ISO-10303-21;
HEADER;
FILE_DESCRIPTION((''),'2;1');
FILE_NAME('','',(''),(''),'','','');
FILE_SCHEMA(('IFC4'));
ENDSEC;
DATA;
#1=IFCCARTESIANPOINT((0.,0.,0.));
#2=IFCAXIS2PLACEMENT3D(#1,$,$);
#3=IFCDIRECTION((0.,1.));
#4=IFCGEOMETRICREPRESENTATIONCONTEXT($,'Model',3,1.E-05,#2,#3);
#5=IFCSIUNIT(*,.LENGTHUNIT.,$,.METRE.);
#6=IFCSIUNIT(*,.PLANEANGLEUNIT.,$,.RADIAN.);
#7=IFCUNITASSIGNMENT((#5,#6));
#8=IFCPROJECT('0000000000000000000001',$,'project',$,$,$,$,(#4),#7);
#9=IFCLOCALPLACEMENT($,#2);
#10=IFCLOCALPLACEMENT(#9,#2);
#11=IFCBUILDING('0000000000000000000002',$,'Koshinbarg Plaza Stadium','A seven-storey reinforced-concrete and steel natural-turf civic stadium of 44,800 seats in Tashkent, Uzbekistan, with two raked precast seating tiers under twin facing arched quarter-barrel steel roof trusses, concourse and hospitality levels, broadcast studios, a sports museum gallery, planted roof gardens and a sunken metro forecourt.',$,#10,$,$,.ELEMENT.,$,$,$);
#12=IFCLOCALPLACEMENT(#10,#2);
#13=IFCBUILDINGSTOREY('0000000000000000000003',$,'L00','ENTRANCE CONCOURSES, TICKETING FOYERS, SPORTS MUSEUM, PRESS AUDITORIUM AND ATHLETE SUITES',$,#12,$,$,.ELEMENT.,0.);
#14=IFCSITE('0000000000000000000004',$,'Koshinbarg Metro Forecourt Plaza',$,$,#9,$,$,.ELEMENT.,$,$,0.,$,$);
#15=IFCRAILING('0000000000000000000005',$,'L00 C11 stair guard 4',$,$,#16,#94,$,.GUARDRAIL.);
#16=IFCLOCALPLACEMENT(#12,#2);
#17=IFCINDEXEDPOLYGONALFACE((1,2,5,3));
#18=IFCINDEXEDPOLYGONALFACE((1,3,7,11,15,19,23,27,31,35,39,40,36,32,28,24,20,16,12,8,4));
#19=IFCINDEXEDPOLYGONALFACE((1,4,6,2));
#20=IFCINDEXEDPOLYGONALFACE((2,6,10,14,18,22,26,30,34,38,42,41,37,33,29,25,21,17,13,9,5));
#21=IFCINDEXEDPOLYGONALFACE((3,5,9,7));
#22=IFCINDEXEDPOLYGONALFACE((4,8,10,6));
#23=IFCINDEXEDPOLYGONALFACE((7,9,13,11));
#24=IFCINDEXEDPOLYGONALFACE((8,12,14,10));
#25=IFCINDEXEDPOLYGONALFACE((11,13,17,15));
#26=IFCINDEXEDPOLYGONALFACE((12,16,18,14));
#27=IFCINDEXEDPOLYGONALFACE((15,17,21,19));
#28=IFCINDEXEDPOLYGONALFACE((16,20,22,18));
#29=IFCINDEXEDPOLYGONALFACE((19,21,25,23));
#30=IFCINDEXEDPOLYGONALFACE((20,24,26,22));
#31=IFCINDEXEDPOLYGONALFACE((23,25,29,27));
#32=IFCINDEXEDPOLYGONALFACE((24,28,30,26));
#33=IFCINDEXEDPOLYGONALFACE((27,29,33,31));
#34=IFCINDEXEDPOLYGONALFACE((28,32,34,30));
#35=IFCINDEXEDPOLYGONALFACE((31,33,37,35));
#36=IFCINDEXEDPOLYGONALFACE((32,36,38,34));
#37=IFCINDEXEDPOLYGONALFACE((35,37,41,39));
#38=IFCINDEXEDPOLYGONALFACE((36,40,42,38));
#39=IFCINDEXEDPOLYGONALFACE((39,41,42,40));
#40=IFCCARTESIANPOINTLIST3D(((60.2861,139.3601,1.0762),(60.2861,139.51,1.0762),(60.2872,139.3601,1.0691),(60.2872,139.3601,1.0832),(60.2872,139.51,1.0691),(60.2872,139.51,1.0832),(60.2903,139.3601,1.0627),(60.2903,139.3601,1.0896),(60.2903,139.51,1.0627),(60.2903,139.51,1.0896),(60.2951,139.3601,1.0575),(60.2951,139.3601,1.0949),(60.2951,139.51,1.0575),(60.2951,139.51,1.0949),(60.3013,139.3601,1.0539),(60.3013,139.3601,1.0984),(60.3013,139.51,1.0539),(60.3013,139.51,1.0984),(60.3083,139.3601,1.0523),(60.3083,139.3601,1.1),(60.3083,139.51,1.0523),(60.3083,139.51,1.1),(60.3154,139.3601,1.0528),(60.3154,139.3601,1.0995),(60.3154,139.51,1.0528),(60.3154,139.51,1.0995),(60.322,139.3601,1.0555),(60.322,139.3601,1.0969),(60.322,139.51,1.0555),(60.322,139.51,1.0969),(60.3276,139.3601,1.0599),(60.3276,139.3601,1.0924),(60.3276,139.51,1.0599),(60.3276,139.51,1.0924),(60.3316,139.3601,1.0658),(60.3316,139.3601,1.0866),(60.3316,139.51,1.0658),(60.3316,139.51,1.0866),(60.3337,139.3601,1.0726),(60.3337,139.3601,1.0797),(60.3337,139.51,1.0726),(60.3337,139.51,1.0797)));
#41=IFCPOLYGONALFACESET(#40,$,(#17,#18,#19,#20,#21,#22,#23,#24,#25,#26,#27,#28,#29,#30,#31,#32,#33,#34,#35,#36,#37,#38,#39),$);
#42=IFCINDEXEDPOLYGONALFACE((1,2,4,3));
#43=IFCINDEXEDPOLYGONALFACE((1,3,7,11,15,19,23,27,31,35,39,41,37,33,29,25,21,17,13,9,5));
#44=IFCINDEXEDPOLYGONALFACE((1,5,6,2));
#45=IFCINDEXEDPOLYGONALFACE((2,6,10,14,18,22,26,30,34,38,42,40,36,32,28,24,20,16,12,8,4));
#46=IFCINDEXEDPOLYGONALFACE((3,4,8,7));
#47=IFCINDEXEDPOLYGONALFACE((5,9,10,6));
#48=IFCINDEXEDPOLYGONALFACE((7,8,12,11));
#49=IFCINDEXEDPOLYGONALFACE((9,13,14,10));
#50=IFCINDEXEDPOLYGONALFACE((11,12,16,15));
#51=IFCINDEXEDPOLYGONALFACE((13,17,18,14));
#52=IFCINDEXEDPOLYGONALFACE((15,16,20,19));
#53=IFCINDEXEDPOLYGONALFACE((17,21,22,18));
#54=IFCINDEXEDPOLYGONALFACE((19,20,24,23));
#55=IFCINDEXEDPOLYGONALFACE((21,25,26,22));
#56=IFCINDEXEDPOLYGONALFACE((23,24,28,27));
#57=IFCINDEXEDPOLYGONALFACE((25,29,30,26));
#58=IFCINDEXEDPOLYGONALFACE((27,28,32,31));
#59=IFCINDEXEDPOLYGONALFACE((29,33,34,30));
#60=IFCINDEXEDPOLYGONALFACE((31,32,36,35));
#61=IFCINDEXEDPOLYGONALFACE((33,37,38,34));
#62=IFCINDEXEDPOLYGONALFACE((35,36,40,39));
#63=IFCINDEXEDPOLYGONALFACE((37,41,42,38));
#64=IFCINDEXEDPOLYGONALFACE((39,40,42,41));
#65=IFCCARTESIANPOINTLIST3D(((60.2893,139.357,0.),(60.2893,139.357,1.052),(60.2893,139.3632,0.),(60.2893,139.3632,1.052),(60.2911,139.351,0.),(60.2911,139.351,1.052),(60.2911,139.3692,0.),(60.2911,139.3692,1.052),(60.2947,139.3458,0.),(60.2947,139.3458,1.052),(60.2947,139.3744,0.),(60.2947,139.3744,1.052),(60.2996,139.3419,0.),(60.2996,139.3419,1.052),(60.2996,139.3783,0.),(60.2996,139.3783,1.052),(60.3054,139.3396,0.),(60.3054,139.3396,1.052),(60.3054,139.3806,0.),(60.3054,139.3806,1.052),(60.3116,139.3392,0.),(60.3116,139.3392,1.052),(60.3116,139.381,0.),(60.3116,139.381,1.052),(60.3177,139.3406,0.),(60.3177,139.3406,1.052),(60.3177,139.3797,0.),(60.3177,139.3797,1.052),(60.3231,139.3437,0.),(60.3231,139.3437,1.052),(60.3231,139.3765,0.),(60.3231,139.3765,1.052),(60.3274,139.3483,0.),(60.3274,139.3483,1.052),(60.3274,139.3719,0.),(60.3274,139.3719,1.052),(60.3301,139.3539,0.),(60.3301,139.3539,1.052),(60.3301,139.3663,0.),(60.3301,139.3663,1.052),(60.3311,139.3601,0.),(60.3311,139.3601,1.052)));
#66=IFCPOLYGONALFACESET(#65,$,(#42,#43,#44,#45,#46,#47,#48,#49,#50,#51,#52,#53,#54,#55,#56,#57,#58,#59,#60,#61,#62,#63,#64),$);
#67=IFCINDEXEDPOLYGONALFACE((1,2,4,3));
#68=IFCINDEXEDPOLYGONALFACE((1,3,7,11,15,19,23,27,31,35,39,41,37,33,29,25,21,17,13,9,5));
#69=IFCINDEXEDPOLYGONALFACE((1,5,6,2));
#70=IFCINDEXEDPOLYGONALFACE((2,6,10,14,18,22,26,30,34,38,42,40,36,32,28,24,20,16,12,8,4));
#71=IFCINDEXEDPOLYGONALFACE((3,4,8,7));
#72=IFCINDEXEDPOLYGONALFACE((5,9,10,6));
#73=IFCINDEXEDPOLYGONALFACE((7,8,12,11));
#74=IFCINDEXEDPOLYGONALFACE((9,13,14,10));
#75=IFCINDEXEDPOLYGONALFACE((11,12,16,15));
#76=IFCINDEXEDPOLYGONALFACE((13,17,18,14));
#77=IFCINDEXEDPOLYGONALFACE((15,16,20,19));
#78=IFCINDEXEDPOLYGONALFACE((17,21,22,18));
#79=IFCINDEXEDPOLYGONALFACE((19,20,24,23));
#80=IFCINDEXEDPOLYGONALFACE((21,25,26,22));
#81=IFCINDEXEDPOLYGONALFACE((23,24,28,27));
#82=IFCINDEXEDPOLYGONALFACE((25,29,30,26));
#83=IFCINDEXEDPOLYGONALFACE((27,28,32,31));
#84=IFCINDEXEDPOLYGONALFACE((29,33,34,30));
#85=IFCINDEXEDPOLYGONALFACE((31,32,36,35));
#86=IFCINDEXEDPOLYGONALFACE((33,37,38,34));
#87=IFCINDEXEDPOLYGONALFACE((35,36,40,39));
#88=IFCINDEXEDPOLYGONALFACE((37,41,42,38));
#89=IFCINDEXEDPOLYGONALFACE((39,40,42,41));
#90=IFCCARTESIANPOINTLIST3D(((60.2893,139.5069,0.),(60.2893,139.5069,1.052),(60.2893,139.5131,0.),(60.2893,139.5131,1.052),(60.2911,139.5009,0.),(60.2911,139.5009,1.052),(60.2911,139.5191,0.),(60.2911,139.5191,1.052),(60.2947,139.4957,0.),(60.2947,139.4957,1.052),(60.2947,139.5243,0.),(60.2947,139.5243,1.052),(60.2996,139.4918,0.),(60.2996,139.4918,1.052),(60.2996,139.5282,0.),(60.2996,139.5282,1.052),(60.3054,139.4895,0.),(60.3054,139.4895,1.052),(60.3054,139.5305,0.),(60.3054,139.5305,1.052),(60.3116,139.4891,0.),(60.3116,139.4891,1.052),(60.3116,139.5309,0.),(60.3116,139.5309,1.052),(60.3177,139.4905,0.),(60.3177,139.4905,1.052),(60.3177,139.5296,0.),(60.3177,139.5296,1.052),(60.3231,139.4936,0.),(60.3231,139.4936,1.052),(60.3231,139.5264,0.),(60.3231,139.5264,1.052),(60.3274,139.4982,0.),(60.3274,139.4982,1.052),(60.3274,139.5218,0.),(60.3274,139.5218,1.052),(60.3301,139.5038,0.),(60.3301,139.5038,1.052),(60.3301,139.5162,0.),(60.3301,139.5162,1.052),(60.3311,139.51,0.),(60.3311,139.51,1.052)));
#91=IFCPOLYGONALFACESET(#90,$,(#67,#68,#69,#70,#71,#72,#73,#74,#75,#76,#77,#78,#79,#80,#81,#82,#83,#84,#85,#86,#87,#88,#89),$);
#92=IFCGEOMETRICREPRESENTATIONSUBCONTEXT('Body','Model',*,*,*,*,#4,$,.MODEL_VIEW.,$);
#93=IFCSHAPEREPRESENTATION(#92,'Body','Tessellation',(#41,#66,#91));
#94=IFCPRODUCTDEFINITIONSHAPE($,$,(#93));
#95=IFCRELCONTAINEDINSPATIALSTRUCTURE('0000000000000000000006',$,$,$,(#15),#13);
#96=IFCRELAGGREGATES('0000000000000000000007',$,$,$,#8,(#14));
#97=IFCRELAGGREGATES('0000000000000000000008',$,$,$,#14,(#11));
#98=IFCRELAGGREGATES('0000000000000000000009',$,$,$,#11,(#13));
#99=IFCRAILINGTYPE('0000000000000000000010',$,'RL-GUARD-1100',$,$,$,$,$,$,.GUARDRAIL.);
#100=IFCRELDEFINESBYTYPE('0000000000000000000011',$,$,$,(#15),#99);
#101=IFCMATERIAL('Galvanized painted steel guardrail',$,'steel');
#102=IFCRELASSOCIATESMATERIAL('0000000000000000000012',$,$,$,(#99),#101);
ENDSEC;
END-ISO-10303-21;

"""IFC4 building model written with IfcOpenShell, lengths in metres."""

from ifc_helpers import new_model, si_unit, direction, frame, origin, origin_2d, place, context, subcontext, project, spatial, circle, extrude, material, type_object, element, save


model = new_model("IFC4")

# Units and contexts
model_context = context("Model", 3, precision=1e-05, world=origin(), true_north=direction((0.0, 1.0)))
body_context = subcontext(model_context, "Body", "Model", "MODEL_VIEW")
ifc_project = project(units=[si_unit("LENGTHUNIT", "METRE"), si_unit("PLANEANGLEUNIT", "RADIAN")], contexts=[model_context])

# Site, building, storey
site_placement = place(None, origin())
site = spatial("IfcSite", under=ifc_project, at=site_placement, Name="Koshinbarg Metro Forecourt Plaza", CompositionType="ELEMENT", RefElevation=0.0)
building_placement = place(site_placement, origin())
building = spatial("IfcBuilding", under=site, at=building_placement, Name="Koshinbarg Plaza Stadium", Description="A seven-storey reinforced-concrete and steel natural-turf civic stadium of 44,800 seats in Tashkent, Uzbekistan, with two raked precast seating tiers under twin facing arched quarter-barrel steel roof trusses, concourse and hospitality levels, broadcast studios, a sports museum gallery, planted roof gardens and a sunken metro forecourt.", CompositionType="ELEMENT")
storey_placement = place(building_placement, origin())
storey = spatial("IfcBuildingStorey", under=building, at=storey_placement, Name="L00", Description="ENTRANCE CONCOURSES, TICKETING FOYERS, SPORTS MUSEUM, PRESS AUDITORIUM AND ATHLETE SUITES", CompositionType="ELEMENT", Elevation=0.0)

# Railing
ifc_material_1 = material(Name="Galvanized painted steel guardrail", Category="steel")
railing_type_1 = type_object("IfcRailingType", Name="RL-GUARD-1100", PredefinedType="GUARDRAIL", material=ifc_material_1)
railing_1_placement = place(storey_placement, frame((60.3101, 139.3601, 0.0)))
element("IfcRailing", 1, at=railing_1_placement, inside=storey, type_object=railing_type_1, Name="L00 C11 stair guard 4", PredefinedType="GUARDRAIL", context=body_context, shape_type="SweptSolid", body=[
    extrude(circle(Radius=0.0239, at=origin_2d()), frame((0.0, 0.0, 1.0762), z_axis=(0.0, 1.0, 0.0), x_axis=(-1.0, 0.0, 0.0)), (0.0, 0.0, 1.0), 0.1499),
    extrude(circle(Radius=0.021, at=origin_2d()), origin(), (0.0, 0.0, 1.0), 1.052),
    extrude(circle(Radius=0.021, at=origin_2d()), frame((0.0, 0.1499, 0.0)), (0.0, 0.0, 1.0), 1.052),
])

save(model, "model.ifc")
